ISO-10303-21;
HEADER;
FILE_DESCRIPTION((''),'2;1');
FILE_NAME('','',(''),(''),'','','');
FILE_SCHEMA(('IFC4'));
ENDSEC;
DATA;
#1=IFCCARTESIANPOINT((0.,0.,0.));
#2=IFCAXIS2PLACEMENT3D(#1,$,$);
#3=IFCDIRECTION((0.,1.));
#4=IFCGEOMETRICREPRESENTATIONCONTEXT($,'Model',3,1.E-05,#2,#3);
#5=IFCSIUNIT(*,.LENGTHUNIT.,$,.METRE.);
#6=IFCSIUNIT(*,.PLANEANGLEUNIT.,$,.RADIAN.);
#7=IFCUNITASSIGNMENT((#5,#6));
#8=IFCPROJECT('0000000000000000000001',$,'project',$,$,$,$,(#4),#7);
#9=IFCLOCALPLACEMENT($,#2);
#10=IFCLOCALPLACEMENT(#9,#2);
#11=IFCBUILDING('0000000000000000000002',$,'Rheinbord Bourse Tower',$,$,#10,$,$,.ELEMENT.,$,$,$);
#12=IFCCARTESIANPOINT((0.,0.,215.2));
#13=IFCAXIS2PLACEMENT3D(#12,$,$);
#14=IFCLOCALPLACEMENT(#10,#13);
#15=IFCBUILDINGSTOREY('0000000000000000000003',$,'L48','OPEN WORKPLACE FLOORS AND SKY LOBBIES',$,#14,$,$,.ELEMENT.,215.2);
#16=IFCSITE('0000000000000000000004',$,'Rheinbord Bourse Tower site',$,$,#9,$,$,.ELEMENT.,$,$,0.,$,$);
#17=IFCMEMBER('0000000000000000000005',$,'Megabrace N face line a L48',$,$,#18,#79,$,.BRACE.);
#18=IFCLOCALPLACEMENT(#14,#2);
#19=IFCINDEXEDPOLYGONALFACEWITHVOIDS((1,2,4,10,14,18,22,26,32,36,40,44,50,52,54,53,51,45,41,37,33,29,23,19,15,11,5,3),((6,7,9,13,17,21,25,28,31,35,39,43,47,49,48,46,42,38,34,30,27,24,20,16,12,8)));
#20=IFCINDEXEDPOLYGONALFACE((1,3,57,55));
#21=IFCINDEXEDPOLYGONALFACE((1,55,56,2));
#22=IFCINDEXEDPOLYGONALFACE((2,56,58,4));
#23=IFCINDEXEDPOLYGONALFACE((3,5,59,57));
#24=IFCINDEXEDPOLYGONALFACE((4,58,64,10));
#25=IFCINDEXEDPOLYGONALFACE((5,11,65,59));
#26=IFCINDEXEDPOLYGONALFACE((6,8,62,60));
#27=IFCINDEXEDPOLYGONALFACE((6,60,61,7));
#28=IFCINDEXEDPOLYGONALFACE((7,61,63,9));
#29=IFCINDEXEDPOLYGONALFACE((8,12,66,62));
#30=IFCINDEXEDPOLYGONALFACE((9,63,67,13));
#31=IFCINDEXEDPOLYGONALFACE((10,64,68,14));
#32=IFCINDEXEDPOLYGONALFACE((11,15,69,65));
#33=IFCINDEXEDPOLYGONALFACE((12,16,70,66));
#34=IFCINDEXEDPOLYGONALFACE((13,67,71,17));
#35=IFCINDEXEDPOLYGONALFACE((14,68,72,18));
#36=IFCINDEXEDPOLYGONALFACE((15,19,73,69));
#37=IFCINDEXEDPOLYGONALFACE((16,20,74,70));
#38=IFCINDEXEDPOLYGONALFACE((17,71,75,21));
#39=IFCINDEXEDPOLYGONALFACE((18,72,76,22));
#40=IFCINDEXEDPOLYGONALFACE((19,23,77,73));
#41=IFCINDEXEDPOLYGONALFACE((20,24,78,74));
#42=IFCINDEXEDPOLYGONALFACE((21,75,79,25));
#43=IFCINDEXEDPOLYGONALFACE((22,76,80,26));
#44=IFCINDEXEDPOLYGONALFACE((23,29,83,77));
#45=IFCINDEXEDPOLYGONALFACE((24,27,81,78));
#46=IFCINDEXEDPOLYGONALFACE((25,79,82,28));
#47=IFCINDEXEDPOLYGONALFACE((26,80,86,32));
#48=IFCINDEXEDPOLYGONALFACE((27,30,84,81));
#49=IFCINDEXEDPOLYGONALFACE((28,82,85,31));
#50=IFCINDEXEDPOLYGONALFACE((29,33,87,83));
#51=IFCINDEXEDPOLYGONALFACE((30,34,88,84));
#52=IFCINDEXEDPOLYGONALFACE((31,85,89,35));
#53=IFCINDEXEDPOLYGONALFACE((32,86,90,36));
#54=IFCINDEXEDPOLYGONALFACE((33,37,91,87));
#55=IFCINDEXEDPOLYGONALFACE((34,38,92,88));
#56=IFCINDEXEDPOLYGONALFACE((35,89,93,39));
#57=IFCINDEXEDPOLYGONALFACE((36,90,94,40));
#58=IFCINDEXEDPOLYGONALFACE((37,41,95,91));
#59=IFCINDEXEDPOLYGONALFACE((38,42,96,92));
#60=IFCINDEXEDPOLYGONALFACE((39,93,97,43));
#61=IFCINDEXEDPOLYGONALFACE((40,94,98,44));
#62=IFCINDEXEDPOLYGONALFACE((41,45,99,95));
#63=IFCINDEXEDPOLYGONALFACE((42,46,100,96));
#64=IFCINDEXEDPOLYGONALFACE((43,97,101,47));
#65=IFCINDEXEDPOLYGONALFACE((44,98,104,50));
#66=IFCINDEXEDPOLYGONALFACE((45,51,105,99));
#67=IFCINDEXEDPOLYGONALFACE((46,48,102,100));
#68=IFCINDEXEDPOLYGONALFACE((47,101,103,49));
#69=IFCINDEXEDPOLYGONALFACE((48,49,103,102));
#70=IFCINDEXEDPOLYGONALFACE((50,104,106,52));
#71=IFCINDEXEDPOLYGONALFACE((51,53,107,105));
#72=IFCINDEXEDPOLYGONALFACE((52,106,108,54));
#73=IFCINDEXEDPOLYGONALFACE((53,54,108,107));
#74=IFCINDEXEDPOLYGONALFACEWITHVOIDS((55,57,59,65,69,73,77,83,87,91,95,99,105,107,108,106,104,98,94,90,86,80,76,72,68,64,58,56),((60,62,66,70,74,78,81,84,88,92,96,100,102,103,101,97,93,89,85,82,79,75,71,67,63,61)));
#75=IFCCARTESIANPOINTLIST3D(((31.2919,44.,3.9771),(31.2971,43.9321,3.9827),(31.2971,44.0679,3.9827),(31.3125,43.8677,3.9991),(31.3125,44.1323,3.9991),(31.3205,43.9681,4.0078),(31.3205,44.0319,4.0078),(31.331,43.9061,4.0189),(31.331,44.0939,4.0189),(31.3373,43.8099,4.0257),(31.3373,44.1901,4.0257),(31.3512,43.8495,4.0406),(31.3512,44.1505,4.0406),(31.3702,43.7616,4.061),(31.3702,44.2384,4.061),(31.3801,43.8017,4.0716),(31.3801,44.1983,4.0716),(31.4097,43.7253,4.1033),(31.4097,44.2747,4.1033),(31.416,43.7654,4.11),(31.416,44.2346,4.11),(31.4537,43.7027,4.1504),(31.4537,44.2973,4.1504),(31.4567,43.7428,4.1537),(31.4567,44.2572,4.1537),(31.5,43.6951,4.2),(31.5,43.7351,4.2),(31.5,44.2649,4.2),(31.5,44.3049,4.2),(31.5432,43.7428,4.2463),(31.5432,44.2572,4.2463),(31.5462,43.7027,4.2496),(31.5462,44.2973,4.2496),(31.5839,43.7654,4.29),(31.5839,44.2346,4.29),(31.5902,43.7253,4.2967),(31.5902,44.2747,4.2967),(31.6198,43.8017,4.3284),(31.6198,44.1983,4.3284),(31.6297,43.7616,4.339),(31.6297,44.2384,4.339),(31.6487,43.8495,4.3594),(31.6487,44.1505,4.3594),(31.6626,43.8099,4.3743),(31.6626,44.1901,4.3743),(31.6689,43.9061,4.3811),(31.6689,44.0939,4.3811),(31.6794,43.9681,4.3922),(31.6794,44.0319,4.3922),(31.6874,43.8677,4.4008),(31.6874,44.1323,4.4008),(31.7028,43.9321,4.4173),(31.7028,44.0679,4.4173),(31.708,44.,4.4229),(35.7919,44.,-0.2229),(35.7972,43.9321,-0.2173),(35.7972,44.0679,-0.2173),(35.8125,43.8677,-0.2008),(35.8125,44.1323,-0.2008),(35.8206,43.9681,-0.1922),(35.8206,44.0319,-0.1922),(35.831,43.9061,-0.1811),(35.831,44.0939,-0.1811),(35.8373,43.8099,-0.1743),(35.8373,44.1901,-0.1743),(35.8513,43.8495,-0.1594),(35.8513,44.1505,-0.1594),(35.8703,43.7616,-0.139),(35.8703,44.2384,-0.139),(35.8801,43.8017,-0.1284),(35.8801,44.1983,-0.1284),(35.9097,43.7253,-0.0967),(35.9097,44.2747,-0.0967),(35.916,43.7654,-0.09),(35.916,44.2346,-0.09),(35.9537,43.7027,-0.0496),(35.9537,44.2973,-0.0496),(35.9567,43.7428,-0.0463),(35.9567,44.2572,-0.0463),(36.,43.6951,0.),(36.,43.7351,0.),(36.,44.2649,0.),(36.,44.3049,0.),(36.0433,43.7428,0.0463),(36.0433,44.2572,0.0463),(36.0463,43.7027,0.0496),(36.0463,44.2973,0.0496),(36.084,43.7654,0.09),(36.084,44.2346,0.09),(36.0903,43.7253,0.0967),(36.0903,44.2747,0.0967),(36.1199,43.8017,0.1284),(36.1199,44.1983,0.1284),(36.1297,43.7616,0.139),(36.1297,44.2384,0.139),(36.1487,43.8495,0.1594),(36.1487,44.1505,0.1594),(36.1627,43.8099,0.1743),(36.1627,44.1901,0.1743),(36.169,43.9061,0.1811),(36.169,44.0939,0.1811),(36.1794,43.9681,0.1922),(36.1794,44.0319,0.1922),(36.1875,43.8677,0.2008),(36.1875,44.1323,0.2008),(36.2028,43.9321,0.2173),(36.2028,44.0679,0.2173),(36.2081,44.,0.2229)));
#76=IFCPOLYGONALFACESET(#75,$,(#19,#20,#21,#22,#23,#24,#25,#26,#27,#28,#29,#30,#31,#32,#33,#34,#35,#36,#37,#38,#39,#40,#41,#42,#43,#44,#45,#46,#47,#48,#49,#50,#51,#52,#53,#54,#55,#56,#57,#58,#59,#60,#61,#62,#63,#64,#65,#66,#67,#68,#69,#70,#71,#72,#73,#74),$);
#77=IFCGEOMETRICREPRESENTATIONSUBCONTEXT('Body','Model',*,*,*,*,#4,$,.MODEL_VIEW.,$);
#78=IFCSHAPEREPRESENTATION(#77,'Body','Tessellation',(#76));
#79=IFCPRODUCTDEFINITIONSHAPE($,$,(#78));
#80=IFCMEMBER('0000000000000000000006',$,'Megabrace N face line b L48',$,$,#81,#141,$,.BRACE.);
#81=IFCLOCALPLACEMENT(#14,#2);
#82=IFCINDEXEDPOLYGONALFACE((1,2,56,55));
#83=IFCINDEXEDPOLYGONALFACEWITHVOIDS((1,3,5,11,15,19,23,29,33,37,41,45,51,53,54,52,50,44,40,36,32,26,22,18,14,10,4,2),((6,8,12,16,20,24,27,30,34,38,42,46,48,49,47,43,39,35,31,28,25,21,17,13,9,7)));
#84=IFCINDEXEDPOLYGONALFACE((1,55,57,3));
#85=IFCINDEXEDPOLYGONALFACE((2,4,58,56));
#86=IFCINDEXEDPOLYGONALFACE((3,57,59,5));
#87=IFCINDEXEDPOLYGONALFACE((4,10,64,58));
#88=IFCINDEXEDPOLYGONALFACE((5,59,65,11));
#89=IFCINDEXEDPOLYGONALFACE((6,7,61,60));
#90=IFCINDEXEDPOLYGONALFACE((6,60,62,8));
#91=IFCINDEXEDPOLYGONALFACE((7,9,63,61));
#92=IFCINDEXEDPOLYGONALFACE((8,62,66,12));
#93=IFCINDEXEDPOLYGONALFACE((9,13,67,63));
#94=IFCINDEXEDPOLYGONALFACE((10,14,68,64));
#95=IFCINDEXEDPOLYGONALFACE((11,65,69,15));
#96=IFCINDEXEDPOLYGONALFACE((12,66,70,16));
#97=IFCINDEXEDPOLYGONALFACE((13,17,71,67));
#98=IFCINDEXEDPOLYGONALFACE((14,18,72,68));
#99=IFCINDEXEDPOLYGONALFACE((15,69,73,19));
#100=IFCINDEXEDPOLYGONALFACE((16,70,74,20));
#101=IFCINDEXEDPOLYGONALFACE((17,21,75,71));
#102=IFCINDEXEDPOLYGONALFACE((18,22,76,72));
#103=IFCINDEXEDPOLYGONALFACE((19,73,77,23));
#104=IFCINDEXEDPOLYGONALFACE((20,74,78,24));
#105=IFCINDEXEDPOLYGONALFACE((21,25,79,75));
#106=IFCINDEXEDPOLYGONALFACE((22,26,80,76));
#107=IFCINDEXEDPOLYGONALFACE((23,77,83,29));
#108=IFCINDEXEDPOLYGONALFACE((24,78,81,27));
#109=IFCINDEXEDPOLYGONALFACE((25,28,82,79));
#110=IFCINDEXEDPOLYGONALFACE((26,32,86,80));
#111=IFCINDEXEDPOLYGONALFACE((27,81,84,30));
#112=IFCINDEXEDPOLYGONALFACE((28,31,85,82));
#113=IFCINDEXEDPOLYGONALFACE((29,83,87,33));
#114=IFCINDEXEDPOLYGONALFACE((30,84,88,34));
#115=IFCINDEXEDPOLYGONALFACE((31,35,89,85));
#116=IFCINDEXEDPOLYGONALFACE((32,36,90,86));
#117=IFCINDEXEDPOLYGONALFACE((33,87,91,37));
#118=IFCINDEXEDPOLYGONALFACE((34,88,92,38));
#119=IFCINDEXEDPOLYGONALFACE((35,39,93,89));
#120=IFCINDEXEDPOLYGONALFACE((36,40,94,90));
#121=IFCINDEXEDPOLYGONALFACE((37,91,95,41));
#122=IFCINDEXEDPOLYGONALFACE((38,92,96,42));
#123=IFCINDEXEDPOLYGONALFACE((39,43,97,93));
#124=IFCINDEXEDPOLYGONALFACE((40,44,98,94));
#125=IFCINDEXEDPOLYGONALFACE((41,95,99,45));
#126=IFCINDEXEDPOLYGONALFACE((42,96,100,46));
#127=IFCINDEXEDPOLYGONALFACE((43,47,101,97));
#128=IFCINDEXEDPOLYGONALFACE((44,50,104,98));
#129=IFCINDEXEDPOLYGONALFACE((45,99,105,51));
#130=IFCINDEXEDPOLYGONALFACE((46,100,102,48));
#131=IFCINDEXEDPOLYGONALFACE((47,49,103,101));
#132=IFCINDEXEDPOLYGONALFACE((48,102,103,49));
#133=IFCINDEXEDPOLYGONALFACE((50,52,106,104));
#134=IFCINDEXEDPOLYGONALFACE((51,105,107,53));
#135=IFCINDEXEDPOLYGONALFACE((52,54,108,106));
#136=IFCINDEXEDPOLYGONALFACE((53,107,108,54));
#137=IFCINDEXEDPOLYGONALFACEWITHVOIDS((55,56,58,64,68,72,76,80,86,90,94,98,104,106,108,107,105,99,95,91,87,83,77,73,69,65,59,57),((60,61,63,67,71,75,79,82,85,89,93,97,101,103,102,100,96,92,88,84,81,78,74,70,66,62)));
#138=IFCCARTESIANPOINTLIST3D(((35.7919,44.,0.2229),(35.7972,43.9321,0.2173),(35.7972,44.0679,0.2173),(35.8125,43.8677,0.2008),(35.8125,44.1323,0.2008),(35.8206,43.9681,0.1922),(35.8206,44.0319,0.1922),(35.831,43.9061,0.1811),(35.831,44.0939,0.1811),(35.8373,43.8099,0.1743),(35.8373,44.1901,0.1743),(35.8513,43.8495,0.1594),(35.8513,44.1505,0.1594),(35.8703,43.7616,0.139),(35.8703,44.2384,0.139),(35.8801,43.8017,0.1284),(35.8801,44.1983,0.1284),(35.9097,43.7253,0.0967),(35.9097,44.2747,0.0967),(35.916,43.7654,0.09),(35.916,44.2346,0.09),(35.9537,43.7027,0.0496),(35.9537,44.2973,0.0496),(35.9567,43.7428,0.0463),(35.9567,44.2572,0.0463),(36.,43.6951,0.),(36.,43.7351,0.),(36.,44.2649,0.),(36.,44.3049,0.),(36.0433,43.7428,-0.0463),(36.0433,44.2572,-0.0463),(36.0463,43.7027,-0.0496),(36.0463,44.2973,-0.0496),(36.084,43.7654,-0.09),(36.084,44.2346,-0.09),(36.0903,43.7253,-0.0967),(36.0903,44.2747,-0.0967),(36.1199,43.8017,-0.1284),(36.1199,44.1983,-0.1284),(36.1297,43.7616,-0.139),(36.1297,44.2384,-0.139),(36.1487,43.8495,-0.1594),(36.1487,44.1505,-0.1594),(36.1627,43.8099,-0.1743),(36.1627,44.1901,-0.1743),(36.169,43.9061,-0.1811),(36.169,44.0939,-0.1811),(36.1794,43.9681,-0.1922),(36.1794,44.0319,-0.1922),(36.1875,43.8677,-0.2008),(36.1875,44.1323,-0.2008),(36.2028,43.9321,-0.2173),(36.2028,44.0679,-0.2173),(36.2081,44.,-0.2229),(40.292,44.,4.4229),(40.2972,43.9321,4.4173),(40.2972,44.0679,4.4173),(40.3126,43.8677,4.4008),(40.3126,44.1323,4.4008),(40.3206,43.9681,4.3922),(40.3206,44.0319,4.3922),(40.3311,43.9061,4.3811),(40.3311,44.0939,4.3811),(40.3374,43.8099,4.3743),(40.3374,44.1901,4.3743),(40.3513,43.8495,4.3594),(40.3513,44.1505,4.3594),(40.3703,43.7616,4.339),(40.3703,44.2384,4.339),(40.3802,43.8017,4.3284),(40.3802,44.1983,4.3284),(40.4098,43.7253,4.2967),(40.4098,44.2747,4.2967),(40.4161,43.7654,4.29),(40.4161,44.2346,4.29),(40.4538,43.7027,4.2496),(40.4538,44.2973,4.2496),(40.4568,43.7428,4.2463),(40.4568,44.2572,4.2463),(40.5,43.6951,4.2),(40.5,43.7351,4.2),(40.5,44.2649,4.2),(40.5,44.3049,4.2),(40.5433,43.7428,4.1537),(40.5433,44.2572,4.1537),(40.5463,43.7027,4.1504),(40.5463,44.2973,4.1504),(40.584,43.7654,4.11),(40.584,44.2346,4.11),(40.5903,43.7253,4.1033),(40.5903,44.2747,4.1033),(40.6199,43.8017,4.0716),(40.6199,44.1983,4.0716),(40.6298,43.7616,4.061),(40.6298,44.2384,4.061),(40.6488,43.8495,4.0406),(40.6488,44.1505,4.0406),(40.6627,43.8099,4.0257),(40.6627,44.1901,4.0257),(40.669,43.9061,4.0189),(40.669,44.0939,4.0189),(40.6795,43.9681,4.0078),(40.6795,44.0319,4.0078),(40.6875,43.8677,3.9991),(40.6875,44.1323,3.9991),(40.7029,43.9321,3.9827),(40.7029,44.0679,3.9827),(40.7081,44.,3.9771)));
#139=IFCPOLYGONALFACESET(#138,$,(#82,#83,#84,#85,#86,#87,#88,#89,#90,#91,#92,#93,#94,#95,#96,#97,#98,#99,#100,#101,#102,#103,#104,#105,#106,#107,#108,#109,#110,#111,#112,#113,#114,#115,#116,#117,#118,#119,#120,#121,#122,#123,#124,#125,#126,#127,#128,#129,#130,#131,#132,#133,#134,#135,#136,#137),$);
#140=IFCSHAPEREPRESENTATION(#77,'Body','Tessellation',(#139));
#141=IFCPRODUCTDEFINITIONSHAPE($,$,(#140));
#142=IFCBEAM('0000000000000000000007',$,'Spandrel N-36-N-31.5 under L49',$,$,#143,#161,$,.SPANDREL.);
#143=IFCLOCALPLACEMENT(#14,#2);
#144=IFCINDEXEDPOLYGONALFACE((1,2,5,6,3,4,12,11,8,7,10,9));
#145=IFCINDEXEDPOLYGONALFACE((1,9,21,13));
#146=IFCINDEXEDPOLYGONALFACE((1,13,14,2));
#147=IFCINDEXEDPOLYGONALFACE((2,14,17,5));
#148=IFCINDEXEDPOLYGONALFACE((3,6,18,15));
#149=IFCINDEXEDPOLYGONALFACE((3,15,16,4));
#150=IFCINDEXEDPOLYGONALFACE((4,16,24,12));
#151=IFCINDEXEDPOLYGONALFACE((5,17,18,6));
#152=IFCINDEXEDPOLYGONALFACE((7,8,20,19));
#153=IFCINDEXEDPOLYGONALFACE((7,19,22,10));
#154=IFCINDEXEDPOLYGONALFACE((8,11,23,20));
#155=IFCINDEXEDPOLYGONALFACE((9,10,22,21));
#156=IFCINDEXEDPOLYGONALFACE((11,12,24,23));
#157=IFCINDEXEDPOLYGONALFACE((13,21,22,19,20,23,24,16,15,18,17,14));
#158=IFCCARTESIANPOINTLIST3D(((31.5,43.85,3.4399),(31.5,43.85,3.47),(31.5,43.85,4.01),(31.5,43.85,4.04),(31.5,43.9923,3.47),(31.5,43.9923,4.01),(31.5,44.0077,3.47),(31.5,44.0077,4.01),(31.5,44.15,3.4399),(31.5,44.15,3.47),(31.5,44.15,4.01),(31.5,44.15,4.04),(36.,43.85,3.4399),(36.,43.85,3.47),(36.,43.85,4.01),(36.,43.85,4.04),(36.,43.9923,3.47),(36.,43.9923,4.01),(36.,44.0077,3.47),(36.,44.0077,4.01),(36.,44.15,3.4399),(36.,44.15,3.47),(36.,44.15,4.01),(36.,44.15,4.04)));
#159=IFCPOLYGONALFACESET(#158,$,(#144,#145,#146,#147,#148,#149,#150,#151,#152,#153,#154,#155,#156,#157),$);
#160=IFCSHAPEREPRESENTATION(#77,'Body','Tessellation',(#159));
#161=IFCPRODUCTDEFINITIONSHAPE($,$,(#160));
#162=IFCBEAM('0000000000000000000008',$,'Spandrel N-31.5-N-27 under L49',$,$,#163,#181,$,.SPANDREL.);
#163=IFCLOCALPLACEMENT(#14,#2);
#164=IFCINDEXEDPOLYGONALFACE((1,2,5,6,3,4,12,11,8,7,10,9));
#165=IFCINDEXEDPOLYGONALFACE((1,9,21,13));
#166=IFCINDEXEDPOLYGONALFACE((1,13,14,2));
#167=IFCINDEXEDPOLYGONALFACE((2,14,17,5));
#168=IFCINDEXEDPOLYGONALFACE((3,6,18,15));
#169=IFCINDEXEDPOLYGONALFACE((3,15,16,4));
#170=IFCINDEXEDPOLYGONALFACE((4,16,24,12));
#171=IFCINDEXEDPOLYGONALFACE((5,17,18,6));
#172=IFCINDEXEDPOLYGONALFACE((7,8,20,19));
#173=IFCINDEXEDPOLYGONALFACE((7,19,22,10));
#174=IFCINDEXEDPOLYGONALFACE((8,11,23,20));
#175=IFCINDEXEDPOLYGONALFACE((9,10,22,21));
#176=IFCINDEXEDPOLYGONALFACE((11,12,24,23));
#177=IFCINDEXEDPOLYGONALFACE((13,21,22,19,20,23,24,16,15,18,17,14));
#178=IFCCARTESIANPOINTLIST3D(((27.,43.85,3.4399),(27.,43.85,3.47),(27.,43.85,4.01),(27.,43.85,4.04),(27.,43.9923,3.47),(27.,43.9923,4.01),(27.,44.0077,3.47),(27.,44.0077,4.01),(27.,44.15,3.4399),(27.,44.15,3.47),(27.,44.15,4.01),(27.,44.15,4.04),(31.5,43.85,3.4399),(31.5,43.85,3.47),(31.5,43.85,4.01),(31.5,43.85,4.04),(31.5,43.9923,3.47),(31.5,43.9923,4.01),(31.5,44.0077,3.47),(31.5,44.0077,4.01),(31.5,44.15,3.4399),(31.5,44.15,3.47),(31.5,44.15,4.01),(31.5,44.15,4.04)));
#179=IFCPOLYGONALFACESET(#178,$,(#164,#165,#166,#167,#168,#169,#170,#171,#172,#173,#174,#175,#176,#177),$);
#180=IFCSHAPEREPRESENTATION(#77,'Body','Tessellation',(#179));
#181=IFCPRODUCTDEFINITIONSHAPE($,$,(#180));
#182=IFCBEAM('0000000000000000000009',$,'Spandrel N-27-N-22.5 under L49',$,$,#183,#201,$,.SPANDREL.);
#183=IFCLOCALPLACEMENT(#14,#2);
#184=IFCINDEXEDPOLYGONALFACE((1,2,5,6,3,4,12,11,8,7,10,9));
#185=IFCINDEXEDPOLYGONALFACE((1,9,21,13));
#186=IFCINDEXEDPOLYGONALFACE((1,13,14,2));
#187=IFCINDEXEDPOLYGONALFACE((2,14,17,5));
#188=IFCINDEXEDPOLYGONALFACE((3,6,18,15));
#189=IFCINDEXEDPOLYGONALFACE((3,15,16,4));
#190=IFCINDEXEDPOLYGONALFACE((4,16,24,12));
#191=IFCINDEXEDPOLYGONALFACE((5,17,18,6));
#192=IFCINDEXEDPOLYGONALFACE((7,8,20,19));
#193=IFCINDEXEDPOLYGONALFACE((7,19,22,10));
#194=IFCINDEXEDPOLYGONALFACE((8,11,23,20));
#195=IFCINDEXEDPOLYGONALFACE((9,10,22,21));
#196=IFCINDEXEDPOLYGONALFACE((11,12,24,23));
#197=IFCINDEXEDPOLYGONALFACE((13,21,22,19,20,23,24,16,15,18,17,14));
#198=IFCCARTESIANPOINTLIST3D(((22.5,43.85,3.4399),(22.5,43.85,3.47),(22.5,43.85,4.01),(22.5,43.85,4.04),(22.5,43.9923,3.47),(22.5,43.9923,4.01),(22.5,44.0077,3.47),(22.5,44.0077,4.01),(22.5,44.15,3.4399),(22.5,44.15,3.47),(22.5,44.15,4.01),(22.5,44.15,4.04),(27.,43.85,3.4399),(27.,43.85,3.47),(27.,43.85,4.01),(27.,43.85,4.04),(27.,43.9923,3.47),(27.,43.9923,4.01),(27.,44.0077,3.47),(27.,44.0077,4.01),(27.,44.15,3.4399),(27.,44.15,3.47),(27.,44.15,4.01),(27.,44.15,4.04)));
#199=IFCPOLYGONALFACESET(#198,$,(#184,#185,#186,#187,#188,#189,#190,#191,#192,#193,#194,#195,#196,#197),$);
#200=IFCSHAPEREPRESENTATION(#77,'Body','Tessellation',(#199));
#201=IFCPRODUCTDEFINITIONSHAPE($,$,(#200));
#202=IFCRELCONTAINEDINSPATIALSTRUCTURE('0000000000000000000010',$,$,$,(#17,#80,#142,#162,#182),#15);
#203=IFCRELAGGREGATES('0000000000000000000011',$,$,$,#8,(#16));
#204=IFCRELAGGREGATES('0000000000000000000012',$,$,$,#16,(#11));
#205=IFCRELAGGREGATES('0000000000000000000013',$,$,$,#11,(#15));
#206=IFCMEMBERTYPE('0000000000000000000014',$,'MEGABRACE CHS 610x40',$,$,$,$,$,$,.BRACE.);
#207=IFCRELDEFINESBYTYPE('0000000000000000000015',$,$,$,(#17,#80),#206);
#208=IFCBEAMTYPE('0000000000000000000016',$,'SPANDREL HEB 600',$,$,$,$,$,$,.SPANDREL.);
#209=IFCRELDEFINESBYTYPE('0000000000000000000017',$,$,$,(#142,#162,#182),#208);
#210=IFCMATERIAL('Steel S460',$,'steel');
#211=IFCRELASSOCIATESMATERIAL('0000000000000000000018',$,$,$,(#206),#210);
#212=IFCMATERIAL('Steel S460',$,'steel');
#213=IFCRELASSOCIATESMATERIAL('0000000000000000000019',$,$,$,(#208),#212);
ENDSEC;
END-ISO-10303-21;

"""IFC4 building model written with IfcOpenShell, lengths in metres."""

from ifc_helpers import new_model, si_unit, direction, frame, origin, origin_2d, place, context, subcontext, project, spatial, hollow_circle, i_section, extrude, material, material_profile, profile_set, type_object, element, save


model = new_model("IFC4")

# Units and contexts
model_context = context("Model", 3, precision=1e-05, world=origin(), true_north=direction((0.0, 1.0)))
body_context = subcontext(model_context, "Body", "Model", "MODEL_VIEW")
ifc_project = project(units=[si_unit("LENGTHUNIT", "METRE"), si_unit("PLANEANGLEUNIT", "RADIAN")], contexts=[model_context])

# Site, building, storey
site_placement = place(None, origin())
site = spatial("IfcSite", under=ifc_project, at=site_placement, Name="Rheinbord Bourse Tower site", CompositionType="ELEMENT", RefElevation=0.0)
building_placement = place(site_placement, origin())
building = spatial("IfcBuilding", under=site, at=building_placement, Name="Rheinbord Bourse Tower", CompositionType="ELEMENT")
storey_placement = place(building_placement, frame((0.0, 0.0, 215.2)))
storey = spatial("IfcBuildingStorey", under=building, at=storey_placement, Name="L48", Description="OPEN WORKPLACE FLOORS AND SKY LOBBIES", CompositionType="ELEMENT", Elevation=215.2)

# Members
ifc_material_1 = material(Name="Steel S460", Category="steel")
ifc_material_profile_1 = material_profile(ifc_material_1, hollow_circle(Radius=0.3049, WallThickness=0.04, at=origin_2d()), Name="CHS 610x40")
ifc_profile_set_1 = profile_set([ifc_material_profile_1], Name="Steel S460")
member_type_1 = type_object("IfcMemberType", Name="MEGABRACE CHS 610x40", PredefinedType="BRACE", material=ifc_profile_set_1)
for number, where, z_axis, x_axis, name in (
    (1, (36.0, 44.0, 0.0), (-0.731059, 0.0, 0.682314), (0.0, -1.0, 0.0), "Megabrace N face line a L48"),
    (2, (36.0, 44.0, 0.0), (0.731059, 0.0, 0.682314), (0.0, 1.0, 0.0), "Megabrace N face line b L48"),
):
    element("IfcMember", number, at=place(storey_placement, frame(where, z_axis=z_axis, x_axis=x_axis)), inside=storey, type_object=member_type_1, Name=name, PredefinedType="BRACE", context=body_context, shape_type="SweptSolid", body=[
        extrude(hollow_circle(Radius=0.3049, WallThickness=0.04, at=origin_2d()), origin(), (0.0, 0.0, 1.0), 6.1555),
    ])

# Beams
ifc_material_2 = material(Name="Steel S460", Category="steel")
ifc_material_profile_2 = material_profile(ifc_material_2, i_section(OverallWidth=0.3, OverallDepth=0.6001, WebThickness=0.0154, FlangeThickness=0.03, at=origin_2d()), Name="HEB 600")
ifc_profile_set_2 = profile_set([ifc_material_profile_2], Name="Steel S460")
beam_type_1 = type_object("IfcBeamType", Name="SPANDREL HEB 600", PredefinedType="SPANDREL", material=ifc_profile_set_2)
for number, where, z_axis, x_axis, name in (
    (3, (36.0, 44.0, 3.74), (-1.0, 0.0, 0.0), (0.0, -1.0, 0.0), "Spandrel N-36-N-31.5 under L49"),
    (4, (31.5, 44.0, 3.74), (-1.0, 0.0, 0.0), (0.0, -1.0, 0.0), "Spandrel N-31.5-N-27 under L49"),
    (5, (27.0, 44.0, 3.74), (-1.0, 0.0, 0.0), (0.0, -1.0, 0.0), "Spandrel N-27-N-22.5 under L49"),
):
    element("IfcBeam", number, at=place(storey_placement, frame(where, z_axis=z_axis, x_axis=x_axis)), inside=storey, type_object=beam_type_1, Name=name, PredefinedType="SPANDREL", context=body_context, shape_type="SweptSolid", body=[
        extrude(i_section(OverallWidth=0.3, OverallDepth=0.6001, WebThickness=0.0154, FlangeThickness=0.03, at=origin_2d()), origin(), (0.0, 0.0, 1.0), 4.5),
    ])

save(model, "model.ifc")
